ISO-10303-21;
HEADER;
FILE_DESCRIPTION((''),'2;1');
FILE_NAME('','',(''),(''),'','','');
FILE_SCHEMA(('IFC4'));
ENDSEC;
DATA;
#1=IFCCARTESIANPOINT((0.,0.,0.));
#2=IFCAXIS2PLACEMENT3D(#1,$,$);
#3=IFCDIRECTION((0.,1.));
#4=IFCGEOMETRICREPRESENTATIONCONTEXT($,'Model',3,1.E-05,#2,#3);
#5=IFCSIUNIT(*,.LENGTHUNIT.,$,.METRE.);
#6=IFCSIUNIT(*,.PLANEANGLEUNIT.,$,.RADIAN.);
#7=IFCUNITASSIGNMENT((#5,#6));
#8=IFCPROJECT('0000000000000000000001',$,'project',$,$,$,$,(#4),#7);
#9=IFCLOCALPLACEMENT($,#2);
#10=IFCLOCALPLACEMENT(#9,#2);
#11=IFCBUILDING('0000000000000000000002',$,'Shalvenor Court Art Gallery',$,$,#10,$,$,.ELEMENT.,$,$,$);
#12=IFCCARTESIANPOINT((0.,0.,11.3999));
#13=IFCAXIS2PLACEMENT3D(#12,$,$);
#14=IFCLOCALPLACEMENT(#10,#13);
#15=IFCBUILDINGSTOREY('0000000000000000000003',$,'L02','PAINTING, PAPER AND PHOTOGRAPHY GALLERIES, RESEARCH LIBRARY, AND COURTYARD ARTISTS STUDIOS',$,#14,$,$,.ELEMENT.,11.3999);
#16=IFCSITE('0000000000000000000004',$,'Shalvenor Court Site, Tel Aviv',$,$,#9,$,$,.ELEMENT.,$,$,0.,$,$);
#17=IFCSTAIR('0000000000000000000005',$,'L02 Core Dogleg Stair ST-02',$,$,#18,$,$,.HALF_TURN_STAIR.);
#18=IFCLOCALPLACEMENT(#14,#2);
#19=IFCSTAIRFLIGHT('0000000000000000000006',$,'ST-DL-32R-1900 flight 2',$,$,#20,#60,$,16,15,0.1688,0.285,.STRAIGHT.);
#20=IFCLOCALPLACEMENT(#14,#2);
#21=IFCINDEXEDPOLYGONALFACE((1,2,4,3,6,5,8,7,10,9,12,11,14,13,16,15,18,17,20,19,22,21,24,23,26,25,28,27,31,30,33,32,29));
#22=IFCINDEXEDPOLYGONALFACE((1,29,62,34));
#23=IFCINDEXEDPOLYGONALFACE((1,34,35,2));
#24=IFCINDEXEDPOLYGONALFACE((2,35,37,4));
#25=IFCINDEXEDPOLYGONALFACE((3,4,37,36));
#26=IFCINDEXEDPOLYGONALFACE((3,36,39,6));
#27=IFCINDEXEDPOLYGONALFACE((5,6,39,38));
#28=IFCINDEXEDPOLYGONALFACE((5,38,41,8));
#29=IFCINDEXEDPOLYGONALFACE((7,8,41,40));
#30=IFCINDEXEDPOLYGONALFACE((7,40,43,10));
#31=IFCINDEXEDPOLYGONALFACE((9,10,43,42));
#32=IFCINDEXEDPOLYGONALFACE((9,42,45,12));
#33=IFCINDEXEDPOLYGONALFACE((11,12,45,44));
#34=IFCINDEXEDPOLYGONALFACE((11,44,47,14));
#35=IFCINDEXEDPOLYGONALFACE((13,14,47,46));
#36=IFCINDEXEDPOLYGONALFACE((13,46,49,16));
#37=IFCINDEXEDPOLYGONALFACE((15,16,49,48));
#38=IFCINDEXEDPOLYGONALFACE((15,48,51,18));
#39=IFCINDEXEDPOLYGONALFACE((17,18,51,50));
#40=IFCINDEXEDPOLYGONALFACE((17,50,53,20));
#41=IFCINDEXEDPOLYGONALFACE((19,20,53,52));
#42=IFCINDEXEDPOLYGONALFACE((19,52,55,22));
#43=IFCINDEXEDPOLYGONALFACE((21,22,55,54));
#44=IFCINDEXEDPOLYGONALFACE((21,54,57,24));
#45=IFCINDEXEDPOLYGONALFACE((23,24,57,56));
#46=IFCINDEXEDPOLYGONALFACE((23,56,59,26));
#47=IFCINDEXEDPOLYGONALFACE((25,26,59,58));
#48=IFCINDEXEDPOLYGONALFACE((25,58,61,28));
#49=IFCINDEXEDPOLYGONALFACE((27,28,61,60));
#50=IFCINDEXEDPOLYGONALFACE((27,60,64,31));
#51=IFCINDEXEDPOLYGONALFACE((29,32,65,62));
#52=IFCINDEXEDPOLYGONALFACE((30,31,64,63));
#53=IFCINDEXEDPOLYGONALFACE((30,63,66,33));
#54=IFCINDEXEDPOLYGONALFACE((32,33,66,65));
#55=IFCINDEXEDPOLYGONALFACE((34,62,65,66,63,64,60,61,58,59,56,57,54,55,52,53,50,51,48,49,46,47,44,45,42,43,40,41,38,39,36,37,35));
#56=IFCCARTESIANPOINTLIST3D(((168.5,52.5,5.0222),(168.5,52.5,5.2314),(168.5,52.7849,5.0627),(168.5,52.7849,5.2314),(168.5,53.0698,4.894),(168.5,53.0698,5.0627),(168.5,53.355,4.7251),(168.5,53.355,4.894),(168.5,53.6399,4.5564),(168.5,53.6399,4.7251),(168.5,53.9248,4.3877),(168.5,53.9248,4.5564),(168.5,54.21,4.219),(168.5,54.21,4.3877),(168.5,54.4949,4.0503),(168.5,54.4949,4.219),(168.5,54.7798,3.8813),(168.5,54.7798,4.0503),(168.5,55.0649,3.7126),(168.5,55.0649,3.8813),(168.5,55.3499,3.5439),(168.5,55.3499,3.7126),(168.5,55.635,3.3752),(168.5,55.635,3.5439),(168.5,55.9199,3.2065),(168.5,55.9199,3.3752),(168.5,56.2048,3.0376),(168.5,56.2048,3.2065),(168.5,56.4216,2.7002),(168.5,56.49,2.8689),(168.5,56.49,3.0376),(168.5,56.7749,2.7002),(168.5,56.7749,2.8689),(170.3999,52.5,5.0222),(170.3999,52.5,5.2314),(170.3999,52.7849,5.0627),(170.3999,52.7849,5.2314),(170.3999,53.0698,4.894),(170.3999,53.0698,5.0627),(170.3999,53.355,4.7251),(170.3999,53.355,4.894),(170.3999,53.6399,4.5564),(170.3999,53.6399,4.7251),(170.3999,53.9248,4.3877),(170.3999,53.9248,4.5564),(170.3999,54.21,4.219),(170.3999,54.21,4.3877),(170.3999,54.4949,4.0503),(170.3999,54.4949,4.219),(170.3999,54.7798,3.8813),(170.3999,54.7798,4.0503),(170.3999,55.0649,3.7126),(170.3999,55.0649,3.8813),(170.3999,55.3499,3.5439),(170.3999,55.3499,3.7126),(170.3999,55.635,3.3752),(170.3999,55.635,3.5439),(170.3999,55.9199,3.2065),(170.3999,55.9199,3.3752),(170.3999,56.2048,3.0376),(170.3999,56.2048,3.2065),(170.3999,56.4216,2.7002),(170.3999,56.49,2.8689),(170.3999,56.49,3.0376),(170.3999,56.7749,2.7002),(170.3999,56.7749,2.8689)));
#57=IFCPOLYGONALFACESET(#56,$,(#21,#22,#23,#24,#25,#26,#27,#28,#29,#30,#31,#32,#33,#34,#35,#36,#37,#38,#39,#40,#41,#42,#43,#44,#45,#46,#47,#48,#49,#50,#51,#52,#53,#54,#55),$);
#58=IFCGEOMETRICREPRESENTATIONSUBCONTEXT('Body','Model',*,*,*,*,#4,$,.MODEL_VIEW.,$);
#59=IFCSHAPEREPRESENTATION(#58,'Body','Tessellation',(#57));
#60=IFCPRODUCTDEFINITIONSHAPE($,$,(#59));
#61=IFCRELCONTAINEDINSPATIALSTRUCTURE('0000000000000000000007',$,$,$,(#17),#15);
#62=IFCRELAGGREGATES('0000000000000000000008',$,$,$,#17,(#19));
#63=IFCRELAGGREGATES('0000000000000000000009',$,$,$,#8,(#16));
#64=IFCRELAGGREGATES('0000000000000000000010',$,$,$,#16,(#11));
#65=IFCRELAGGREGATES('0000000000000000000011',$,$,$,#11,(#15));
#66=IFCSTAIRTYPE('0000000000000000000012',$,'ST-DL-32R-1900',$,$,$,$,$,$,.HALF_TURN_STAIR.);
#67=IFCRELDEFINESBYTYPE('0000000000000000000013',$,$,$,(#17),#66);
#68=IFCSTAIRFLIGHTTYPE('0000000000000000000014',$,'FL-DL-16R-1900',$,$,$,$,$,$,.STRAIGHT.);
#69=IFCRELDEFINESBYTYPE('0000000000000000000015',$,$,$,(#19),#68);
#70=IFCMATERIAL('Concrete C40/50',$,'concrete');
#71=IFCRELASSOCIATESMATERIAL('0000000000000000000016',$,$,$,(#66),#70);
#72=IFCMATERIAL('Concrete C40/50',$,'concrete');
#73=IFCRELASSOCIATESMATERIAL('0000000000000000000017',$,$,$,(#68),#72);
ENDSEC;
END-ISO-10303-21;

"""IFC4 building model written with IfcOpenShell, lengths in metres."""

from ifc_helpers import new_model, si_unit, direction, frame, origin, place, context, subcontext, project, spatial, polyline, outline, extrude, material, type_object, element, aggregate, save


model = new_model("IFC4")

# Units and contexts
model_context = context("Model", 3, precision=1e-05, world=origin(), true_north=direction((0.0, 1.0)))
body_context = subcontext(model_context, "Body", "Model", "MODEL_VIEW")
ifc_project = project(units=[si_unit("LENGTHUNIT", "METRE"), si_unit("PLANEANGLEUNIT", "RADIAN")], contexts=[model_context])

# Site, building, storey
site_placement = place(None, origin())
site = spatial("IfcSite", under=ifc_project, at=site_placement, Name="Shalvenor Court Site, Tel Aviv", CompositionType="ELEMENT", RefElevation=0.0)
building_placement = place(site_placement, origin())
building = spatial("IfcBuilding", under=site, at=building_placement, Name="Shalvenor Court Art Gallery", CompositionType="ELEMENT")
storey_placement = place(building_placement, frame((0.0, 0.0, 11.3999)))
storey = spatial("IfcBuildingStorey", under=building, at=storey_placement, Name="L02", Description="PAINTING, PAPER AND PHOTOGRAPHY GALLERIES, RESEARCH LIBRARY, AND COURTYARD ARTISTS STUDIOS", CompositionType="ELEMENT", Elevation=11.3999)

# Stair, stair flight
ifc_material_1 = material(Name="Concrete C40/50", Category="concrete")
stair_type = type_object("IfcStairType", Name="ST-DL-32R-1900", PredefinedType="HALF_TURN_STAIR", material=ifc_material_1)
stair_placement = place(storey_placement, origin())
stair = element("IfcStair", 1, at=stair_placement, inside=storey, type_object=stair_type, Name="L02 Core Dogleg Stair ST-02", PredefinedType="HALF_TURN_STAIR")
ifc_material_2 = material(Name="Concrete C40/50", Category="concrete")
stair_flight_type = type_object("IfcStairFlightType", Name="FL-DL-16R-1900", PredefinedType="STRAIGHT", material=ifc_material_2)
stair_flight_1_placement = place(storey_placement, frame((169.45, 56.7749, 2.7002), z_axis=(0.0, 0.0, 1.0), x_axis=(0.0, -1.0, 0.0)))
stair_flight_1 = element("IfcStairFlight", 2, at=stair_flight_1_placement, type_object=stair_flight_type, Name="ST-DL-32R-1900 flight 2", NumberOfRisers=16, NumberOfTreads=15, PredefinedType="STRAIGHT", RiserHeight=0.1688, TreadLength=0.285, context=body_context, shape_type="SweptSolid", body=[
    extrude(outline(polyline([(0.0, 0.0), (0.0, 0.1687), (0.2849, 0.1687), (0.2849, 0.3374), (0.5701, 0.3374), (0.5701, 0.5063), (0.855, 0.5063), (0.855, 0.675), (1.1399, 0.675), (1.1399, 0.8438), (1.425, 0.8438), (1.425, 1.0125), (1.71, 1.0125), (1.71, 1.1812), (1.9951, 1.1812), (1.9951, 1.3501), (2.28, 1.3501), (2.28, 1.5188), (2.5649, 1.5188), (2.5649, 1.6875), (2.8501, 1.6875), (2.8501, 1.8562), (3.135, 1.8562), (3.135, 2.0249), (3.4199, 2.0249), (3.4199, 2.1938), (3.7051, 2.1938), (3.7051, 2.3625), (3.99, 2.3625), (3.99, 2.5312), (4.2749, 2.5312), (4.2749, 2.7), (4.2749, 2.322), (0.3533, 0.0), (0.0, 0.0)])), frame((0.0, 0.95, 0.0), z_axis=(0.0, -1.0, 0.0), x_axis=(1.0, 0.0, 0.0)), (0.0, 0.0, 1.0), 1.8999),
])
aggregate(stair, [stair_flight_1])

save(model, "model.ifc")
